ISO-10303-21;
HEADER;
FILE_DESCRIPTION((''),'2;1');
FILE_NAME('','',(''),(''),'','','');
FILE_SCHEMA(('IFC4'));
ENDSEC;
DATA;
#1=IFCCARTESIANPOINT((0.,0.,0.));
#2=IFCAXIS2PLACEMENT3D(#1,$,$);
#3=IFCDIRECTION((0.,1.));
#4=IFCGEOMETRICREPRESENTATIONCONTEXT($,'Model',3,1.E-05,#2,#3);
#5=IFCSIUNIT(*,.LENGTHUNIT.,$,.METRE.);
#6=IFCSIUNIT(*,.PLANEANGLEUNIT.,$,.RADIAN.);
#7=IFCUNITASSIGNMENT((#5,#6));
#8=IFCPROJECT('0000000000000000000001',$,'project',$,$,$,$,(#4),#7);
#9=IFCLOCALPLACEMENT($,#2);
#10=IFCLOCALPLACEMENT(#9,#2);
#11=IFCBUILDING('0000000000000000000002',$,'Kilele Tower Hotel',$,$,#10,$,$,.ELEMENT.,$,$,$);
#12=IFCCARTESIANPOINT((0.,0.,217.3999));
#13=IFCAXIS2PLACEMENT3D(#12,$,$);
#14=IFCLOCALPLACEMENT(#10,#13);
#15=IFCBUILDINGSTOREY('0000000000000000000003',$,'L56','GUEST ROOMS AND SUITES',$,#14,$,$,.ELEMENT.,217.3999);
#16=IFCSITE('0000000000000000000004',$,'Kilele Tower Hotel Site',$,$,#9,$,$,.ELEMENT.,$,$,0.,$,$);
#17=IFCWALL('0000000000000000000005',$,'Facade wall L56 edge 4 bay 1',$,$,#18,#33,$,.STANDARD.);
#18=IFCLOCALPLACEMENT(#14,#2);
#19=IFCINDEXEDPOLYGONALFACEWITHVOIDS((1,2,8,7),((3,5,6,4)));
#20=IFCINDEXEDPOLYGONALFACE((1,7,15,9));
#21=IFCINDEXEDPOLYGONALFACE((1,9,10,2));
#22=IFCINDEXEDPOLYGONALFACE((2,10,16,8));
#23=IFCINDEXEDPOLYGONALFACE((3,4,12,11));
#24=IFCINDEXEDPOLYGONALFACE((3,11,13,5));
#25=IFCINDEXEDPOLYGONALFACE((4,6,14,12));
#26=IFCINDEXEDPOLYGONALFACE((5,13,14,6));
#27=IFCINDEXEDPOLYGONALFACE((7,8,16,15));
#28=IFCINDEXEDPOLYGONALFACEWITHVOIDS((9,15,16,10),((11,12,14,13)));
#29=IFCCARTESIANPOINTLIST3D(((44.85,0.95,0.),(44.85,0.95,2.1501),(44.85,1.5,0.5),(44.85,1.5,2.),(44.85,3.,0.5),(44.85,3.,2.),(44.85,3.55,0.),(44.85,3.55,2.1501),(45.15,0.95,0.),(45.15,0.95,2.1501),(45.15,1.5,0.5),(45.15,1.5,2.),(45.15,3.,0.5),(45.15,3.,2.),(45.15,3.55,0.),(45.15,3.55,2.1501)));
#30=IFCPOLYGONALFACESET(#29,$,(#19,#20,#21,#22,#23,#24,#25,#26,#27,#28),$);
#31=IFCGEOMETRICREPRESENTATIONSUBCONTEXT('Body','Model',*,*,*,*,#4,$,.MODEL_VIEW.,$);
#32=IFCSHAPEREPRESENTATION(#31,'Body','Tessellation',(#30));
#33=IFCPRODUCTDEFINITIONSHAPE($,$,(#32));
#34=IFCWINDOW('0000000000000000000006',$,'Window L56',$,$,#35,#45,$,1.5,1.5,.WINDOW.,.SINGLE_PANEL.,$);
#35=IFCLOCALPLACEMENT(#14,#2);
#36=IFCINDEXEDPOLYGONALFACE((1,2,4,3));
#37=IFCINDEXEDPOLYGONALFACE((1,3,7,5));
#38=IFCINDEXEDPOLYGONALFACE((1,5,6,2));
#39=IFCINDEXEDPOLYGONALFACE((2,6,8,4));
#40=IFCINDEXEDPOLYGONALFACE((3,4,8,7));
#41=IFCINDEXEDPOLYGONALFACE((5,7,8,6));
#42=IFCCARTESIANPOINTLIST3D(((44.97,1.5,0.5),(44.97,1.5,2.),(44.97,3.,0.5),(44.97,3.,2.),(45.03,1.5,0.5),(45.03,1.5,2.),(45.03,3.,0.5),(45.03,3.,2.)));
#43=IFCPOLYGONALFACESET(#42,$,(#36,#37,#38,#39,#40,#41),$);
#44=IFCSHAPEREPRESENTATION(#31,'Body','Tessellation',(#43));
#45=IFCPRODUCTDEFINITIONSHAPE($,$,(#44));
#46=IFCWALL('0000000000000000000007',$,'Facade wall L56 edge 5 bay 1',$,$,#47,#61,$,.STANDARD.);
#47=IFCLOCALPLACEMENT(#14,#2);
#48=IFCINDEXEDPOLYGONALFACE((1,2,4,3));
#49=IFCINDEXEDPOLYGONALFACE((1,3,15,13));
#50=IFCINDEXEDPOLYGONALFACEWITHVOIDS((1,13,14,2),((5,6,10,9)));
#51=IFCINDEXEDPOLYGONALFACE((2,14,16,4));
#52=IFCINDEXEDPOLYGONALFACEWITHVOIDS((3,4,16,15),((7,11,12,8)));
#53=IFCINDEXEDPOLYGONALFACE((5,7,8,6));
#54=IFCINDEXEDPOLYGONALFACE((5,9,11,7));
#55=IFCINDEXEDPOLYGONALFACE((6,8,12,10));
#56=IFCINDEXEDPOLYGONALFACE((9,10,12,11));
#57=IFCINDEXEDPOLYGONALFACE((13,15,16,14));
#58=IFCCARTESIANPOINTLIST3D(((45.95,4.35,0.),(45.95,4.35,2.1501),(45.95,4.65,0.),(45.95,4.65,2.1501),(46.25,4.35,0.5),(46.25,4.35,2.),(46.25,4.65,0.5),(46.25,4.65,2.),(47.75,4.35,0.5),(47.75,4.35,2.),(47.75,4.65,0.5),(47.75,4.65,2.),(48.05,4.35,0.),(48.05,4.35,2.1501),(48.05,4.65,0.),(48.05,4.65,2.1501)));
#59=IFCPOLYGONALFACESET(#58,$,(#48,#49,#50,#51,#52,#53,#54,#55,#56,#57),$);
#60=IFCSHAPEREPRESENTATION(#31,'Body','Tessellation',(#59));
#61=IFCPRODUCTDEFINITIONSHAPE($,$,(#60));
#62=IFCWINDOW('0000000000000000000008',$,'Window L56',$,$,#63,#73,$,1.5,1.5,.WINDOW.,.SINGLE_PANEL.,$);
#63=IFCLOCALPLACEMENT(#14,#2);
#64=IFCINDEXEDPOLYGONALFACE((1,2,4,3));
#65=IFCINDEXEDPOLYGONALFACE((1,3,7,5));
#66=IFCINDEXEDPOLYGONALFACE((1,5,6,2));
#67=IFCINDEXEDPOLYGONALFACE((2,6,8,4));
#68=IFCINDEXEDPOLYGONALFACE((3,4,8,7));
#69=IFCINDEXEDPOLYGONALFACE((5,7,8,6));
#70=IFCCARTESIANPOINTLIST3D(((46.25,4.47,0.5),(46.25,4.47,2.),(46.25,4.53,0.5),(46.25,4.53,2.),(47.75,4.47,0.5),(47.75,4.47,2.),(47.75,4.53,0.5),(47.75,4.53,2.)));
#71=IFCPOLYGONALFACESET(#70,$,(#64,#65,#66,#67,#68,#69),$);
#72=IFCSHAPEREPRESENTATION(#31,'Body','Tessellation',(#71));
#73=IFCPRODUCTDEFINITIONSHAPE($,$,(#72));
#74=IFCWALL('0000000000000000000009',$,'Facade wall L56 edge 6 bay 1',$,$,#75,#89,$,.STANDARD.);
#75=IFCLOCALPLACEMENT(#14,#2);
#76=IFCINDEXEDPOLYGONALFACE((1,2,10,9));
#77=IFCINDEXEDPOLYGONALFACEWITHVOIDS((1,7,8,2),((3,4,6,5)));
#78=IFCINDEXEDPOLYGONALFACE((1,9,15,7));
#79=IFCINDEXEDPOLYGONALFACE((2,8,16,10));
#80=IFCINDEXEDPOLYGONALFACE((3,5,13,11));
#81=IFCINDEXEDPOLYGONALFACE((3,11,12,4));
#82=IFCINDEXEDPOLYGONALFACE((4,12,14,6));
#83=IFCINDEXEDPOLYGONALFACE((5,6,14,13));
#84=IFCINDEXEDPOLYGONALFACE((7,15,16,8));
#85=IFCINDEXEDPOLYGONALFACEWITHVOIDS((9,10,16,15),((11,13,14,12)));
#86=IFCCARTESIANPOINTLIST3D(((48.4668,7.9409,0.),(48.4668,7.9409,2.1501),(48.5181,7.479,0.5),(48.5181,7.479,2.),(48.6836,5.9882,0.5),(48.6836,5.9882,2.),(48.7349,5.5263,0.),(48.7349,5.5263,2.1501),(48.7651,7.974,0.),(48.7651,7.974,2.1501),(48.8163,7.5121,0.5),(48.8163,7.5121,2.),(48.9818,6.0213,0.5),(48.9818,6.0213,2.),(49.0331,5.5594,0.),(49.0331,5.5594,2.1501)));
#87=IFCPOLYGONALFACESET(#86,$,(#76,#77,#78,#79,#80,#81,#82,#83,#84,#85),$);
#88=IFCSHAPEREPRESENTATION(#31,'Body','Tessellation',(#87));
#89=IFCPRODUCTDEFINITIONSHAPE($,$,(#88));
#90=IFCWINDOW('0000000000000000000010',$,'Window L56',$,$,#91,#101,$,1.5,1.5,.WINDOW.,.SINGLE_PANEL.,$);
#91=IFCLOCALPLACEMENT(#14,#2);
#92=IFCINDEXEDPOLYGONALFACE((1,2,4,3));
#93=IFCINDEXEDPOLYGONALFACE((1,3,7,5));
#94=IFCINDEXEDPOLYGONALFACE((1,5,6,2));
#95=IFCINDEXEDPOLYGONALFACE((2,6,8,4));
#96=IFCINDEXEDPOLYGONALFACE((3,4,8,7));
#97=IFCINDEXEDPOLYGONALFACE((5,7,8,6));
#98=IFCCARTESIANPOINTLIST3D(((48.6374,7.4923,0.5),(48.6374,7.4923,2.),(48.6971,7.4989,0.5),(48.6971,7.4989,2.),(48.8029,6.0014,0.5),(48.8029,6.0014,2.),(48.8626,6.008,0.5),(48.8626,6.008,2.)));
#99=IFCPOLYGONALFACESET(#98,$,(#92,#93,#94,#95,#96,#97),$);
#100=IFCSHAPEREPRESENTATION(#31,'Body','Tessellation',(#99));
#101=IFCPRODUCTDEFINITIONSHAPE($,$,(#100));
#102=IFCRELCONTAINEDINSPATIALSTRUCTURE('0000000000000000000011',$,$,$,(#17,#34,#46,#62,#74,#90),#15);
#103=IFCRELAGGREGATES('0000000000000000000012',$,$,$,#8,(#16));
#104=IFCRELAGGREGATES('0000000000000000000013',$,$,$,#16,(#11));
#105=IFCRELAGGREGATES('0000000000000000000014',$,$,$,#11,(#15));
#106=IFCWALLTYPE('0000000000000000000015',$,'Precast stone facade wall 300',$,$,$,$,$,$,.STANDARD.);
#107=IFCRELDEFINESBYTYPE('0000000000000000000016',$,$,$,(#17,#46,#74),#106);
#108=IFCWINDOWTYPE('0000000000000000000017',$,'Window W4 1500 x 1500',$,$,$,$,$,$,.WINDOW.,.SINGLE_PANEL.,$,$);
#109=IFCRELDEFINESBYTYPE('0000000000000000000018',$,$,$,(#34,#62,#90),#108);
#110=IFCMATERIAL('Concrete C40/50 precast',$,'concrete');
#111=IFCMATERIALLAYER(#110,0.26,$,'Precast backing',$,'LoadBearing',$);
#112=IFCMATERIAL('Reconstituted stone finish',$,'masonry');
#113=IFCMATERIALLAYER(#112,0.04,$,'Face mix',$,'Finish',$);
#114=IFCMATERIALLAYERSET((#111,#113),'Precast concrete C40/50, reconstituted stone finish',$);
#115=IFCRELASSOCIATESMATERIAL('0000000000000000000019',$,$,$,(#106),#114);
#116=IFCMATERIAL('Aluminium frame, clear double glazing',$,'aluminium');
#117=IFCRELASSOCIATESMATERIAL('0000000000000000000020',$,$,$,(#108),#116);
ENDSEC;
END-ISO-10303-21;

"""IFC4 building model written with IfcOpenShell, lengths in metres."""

from ifc_helpers import new_model, si_unit, direction, frame, frame_2d, origin, place, context, subcontext, project, spatial, rectangle, extrude, material, layer, layer_set, type_object, element, fill, save


model = new_model("IFC4")

# Units and contexts
model_context = context("Model", 3, precision=1e-05, world=origin(), true_north=direction((0.0, 1.0)))
body_context = subcontext(model_context, "Body", "Model", "MODEL_VIEW")
ifc_project = project(units=[si_unit("LENGTHUNIT", "METRE"), si_unit("PLANEANGLEUNIT", "RADIAN")], contexts=[model_context])

# Site, building, storey
site_placement = place(None, origin())
site = spatial("IfcSite", under=ifc_project, at=site_placement, Name="Kilele Tower Hotel Site", CompositionType="ELEMENT", RefElevation=0.0)
building_placement = place(site_placement, origin())
building = spatial("IfcBuilding", under=site, at=building_placement, Name="Kilele Tower Hotel", CompositionType="ELEMENT")
storey_placement = place(building_placement, frame((0.0, 0.0, 217.3999)))
storey = spatial("IfcBuildingStorey", under=building, at=storey_placement, Name="L56", Description="GUEST ROOMS AND SUITES", CompositionType="ELEMENT", Elevation=217.3999)

# Walls, openings, windows
ifc_material_1 = material(Name="Concrete C40/50 precast", Category="concrete")
ifc_layer_1 = layer(ifc_material_1, 0.26, Name="Precast backing", Category="LoadBearing")
ifc_material_2 = material(Name="Reconstituted stone finish", Category="masonry")
ifc_layer_2 = layer(ifc_material_2, 0.04, Name="Face mix", Category="Finish")
ifc_layer_set_1 = layer_set([ifc_layer_1, ifc_layer_2], Name="Precast concrete C40/50, reconstituted stone finish")
wall_type_1 = type_object("IfcWallType", Name="Precast stone facade wall 300", PredefinedType="STANDARD", material=ifc_layer_set_1)
ifc_material_3 = material(Name="Aluminium frame, clear double glazing", Category="aluminium")
window_type = type_object("IfcWindowType", Name="Window W4 1500 x 1500", PartitioningType="SINGLE_PANEL", PredefinedType="WINDOW", material=ifc_material_3)
wall_1_placement = place(storey_placement, frame((45.0, 0.95, 0.0), z_axis=(0.0, 0.0, 1.0), x_axis=(0.0, 1.0, 0.0)))
wall_1 = element("IfcWall", 1, at=wall_1_placement, inside=storey, type_object=wall_type_1, Name="Facade wall L56 edge 4 bay 1", PredefinedType="STANDARD", context=body_context, shape_type="SweptSolid", body=[
    extrude(rectangle(XDim=2.6001, YDim=0.3, at=frame_2d((1.3, 0.0))), origin(), (0.0, 0.0, 1.0), 2.1501),
])
opening_1_placement = place(wall_1_placement, frame((0.55, 0.0, 0.5)))
opening_1 = element("IfcOpeningElement", 2, at=opening_1_placement, cuts=wall_1, PredefinedType="OPENING", context=body_context, shape_type="SweptSolid", body=[
    extrude(rectangle(XDim=1.5, YDim=1.5, at=frame_2d((0.75, 0.75))), frame((0.0, 0.1599, 0.0), z_axis=(0.0, -1.0, 0.0), x_axis=(1.0, 0.0, 0.0)), (0.0, 0.0, 1.0), 0.3201),
])
window_1_placement = place(opening_1_placement, origin())
window_1 = element("IfcWindow", 3, at=window_1_placement, inside=storey, type_object=window_type, Name="Window L56", OverallHeight=1.5, OverallWidth=1.5, PartitioningType="SINGLE_PANEL", PredefinedType="WINDOW", context=body_context, shape_type="SweptSolid", body=[
    extrude(rectangle(XDim=1.5, YDim=1.5, at=frame_2d((0.75, 0.75))), frame((0.0, 0.03, 0.0), z_axis=(0.0, -1.0, 0.0), x_axis=(1.0, 0.0, 0.0)), (0.0, 0.0, 1.0), 0.0601),
])
fill(opening_1, window_1)
wall_2_placement = place(storey_placement, frame((45.95, 4.5, 0.0), z_axis=(0.0, 0.0, 1.0), x_axis=(1.0, 0.0, 0.0)))
wall_2 = element("IfcWall", 4, at=wall_2_placement, inside=storey, type_object=wall_type_1, Name="Facade wall L56 edge 5 bay 1", PredefinedType="STANDARD", context=body_context, shape_type="SweptSolid", body=[
    extrude(rectangle(XDim=2.1001, YDim=0.3, at=frame_2d((1.05, 0.0))), origin(), (0.0, 0.0, 1.0), 2.1501),
])
opening_2_placement = place(wall_2_placement, frame((0.3, 0.0, 0.5)))
opening_2 = element("IfcOpeningElement", 5, at=opening_2_placement, cuts=wall_2, PredefinedType="OPENING", context=body_context, shape_type="SweptSolid", body=[
    extrude(rectangle(XDim=1.5, YDim=1.5, at=frame_2d((0.75, 0.75))), frame((0.0, 0.1599, 0.0), z_axis=(0.0, -1.0, 0.0), x_axis=(1.0, 0.0, 0.0)), (0.0, 0.0, 1.0), 0.3201),
])
window_2_placement = place(opening_2_placement, origin())
window_2 = element("IfcWindow", 6, at=window_2_placement, inside=storey, type_object=window_type, Name="Window L56", OverallHeight=1.5, OverallWidth=1.5, PartitioningType="SINGLE_PANEL", PredefinedType="WINDOW", context=body_context, shape_type="SweptSolid", body=[
    extrude(rectangle(XDim=1.5, YDim=1.5, at=frame_2d((0.75, 0.75))), frame((0.0, 0.03, 0.0), z_axis=(0.0, -1.0, 0.0), x_axis=(1.0, 0.0, 0.0)), (0.0, 0.0, 1.0), 0.0601),
])
fill(opening_2, window_2)
wall_3_placement = place(storey_placement, frame((48.884, 5.5427, 0.0), z_axis=(0.0, 0.0, 1.0), x_axis=(-0.110343, 0.993894, 0.0)))
wall_3 = element("IfcWall", 7, at=wall_3_placement, inside=storey, type_object=wall_type_1, Name="Facade wall L56 edge 6 bay 1", PredefinedType="STANDARD", context=body_context, shape_type="SweptSolid", body=[
    extrude(rectangle(XDim=2.4294, YDim=0.3, at=frame_2d((1.2148, 0.0))), origin(), (0.0, 0.0, 1.0), 2.1501),
])
opening_3_placement = place(wall_3_placement, frame((0.4648, 0.0, 0.5)))
opening_3 = element("IfcOpeningElement", 8, at=opening_3_placement, cuts=wall_3, PredefinedType="OPENING", context=body_context, shape_type="SweptSolid", body=[
    extrude(rectangle(XDim=1.5, YDim=1.5, at=frame_2d((0.75, 0.75))), frame((0.0, 0.1599, 0.0), z_axis=(0.0, -1.0, 0.0), x_axis=(1.0, 0.0, 0.0)), (0.0, 0.0, 1.0), 0.3201),
])
window_3_placement = place(opening_3_placement, origin())
window_3 = element("IfcWindow", 9, at=window_3_placement, inside=storey, type_object=window_type, Name="Window L56", OverallHeight=1.5, OverallWidth=1.5, PartitioningType="SINGLE_PANEL", PredefinedType="WINDOW", context=body_context, shape_type="SweptSolid", body=[
    extrude(rectangle(XDim=1.5, YDim=1.5, at=frame_2d((0.75, 0.75))), frame((0.0, 0.03, 0.0), z_axis=(0.0, -1.0, 0.0), x_axis=(1.0, 0.0, 0.0)), (0.0, 0.0, 1.0), 0.0601),
])
fill(opening_3, window_3)

save(model, "model.ifc")
